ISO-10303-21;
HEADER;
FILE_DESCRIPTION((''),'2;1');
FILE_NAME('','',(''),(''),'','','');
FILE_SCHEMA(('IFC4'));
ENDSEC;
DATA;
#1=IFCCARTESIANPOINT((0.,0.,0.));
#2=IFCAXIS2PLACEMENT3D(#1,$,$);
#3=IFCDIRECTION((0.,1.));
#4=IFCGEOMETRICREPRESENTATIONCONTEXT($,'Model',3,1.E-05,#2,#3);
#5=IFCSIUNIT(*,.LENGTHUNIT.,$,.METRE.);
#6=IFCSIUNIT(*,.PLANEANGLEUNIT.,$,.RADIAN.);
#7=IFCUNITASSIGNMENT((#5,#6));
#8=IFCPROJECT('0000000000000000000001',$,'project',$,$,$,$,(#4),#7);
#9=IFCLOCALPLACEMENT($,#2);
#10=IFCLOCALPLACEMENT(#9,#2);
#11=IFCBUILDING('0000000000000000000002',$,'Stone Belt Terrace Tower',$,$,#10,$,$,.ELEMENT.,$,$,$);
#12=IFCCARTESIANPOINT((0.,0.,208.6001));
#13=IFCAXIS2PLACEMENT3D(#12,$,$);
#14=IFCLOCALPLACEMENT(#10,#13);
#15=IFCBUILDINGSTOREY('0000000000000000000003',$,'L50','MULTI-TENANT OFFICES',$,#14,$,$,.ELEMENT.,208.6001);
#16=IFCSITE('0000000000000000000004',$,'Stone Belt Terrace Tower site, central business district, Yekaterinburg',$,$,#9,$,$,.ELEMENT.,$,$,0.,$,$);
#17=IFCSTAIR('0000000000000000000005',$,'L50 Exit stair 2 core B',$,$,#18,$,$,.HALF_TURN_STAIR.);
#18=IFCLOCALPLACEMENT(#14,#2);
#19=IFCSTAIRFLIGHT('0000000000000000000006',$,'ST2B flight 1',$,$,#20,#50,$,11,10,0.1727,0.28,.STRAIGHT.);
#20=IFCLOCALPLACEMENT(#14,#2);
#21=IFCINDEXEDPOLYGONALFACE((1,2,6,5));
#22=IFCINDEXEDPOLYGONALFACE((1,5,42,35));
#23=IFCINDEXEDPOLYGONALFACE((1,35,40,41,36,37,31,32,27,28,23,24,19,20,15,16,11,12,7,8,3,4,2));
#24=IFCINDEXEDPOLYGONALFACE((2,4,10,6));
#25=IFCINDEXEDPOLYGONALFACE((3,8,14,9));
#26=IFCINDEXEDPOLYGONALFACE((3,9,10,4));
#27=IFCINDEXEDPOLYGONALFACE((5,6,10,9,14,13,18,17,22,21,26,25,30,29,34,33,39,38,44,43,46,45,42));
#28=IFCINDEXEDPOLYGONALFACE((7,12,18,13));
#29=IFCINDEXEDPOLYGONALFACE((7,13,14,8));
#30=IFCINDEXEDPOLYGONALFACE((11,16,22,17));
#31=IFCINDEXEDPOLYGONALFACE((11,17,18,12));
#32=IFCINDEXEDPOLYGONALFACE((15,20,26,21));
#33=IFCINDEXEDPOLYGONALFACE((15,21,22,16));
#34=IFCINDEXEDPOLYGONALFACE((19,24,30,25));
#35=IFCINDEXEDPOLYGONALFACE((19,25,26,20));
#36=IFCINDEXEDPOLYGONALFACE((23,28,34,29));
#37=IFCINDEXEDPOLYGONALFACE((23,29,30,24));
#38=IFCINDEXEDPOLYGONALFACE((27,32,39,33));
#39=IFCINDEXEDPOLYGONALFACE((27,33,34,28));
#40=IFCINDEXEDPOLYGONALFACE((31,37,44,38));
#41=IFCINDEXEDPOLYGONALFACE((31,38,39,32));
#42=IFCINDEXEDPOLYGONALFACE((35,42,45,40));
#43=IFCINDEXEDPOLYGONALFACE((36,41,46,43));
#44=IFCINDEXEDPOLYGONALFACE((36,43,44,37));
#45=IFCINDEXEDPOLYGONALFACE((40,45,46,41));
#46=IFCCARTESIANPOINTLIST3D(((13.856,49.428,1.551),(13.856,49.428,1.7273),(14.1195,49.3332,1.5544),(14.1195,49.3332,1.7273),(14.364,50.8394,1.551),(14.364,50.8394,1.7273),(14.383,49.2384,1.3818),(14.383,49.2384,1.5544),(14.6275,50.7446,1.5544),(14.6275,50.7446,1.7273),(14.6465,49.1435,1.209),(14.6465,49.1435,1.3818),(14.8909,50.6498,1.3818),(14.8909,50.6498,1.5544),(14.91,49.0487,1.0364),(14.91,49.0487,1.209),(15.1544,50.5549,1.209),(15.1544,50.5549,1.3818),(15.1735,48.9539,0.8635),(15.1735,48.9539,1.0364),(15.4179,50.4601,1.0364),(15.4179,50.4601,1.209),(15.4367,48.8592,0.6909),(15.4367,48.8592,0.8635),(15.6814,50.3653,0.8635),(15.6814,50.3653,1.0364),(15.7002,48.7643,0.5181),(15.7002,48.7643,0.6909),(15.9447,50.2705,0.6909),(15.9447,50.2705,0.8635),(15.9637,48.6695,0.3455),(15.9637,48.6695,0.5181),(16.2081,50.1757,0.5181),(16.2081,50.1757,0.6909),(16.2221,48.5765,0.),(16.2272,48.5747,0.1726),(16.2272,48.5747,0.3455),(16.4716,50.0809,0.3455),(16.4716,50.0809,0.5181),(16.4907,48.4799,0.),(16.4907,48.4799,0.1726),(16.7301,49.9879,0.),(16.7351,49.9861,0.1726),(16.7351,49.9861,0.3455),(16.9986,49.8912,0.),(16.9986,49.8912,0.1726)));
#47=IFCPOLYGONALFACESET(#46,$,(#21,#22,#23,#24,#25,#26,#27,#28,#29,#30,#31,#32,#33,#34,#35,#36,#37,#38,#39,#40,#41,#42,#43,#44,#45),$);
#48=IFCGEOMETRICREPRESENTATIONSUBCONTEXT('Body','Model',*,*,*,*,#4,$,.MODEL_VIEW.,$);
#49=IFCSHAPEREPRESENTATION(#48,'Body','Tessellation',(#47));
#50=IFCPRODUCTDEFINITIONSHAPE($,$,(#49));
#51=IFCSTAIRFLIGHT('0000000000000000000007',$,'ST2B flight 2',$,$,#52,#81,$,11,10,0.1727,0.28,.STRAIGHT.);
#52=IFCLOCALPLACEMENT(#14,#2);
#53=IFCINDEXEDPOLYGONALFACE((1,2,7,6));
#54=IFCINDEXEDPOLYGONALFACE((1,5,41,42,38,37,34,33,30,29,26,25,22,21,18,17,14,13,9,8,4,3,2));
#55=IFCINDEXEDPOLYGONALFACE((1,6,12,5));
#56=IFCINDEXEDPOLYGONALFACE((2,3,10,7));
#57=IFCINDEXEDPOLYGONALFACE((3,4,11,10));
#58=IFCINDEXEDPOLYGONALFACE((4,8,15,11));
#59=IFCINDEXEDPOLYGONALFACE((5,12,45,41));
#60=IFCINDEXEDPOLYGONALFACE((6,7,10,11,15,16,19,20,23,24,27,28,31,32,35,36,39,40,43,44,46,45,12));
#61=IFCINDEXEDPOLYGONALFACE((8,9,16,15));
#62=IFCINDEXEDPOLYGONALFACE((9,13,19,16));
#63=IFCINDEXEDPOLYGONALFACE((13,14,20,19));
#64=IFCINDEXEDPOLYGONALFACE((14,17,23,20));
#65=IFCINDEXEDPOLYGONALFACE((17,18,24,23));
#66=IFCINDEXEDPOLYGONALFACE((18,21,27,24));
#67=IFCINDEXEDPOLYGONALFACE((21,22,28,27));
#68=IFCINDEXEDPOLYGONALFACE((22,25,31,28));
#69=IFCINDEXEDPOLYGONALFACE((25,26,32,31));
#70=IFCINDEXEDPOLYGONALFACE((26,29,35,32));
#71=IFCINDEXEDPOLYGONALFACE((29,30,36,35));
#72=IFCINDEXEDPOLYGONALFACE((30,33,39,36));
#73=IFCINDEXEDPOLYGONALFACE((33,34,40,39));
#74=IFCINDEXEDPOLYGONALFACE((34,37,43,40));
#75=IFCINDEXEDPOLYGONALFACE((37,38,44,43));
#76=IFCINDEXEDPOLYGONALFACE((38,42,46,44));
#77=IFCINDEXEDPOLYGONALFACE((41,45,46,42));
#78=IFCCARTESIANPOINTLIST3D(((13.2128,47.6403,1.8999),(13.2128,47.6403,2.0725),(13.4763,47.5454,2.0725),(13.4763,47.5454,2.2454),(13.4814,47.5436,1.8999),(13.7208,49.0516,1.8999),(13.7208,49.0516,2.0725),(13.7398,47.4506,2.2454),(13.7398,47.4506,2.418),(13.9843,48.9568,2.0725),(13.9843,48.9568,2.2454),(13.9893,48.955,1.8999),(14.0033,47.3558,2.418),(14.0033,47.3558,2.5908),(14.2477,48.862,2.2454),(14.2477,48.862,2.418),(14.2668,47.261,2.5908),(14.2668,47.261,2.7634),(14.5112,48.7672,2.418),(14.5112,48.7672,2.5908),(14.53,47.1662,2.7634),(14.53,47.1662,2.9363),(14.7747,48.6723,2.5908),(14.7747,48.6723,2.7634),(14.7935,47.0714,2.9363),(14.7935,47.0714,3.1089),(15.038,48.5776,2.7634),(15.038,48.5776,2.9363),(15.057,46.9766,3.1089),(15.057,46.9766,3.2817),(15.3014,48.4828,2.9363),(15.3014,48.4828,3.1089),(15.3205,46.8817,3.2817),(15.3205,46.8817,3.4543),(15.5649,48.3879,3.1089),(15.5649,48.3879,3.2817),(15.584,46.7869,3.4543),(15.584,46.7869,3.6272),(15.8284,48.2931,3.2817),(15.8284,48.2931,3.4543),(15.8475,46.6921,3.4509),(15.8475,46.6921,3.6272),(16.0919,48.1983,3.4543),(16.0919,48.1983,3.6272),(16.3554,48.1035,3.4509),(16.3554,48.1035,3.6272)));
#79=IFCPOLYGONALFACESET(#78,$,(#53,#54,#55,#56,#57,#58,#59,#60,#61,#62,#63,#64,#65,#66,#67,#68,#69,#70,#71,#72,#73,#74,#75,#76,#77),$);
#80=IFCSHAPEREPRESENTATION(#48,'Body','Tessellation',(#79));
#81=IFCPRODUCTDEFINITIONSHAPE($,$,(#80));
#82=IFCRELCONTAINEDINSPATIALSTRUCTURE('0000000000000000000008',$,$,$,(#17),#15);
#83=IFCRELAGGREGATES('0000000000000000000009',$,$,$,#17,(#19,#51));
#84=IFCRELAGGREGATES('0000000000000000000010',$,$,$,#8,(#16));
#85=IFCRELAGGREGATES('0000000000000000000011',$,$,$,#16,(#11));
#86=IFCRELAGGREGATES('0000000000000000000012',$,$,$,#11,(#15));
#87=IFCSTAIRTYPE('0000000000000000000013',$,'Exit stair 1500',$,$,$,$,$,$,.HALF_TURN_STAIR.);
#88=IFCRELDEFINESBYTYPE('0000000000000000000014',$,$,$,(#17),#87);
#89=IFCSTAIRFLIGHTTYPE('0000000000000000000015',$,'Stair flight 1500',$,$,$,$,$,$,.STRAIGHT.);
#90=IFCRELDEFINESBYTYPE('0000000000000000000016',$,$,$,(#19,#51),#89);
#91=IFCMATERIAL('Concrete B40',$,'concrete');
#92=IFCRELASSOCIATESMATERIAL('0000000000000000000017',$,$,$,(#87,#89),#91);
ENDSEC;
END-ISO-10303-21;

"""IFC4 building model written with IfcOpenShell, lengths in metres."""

from ifc_helpers import new_model, si_unit, direction, frame, origin, place, context, subcontext, project, spatial, polyline, outline, extrude, material, type_object, element, aggregate, save


model = new_model("IFC4")

# Units and contexts
model_context = context("Model", 3, precision=1e-05, world=origin(), true_north=direction((0.0, 1.0)))
body_context = subcontext(model_context, "Body", "Model", "MODEL_VIEW")
ifc_project = project(units=[si_unit("LENGTHUNIT", "METRE"), si_unit("PLANEANGLEUNIT", "RADIAN")], contexts=[model_context])

# Site, building, storey
site_placement = place(None, origin())
site = spatial("IfcSite", under=ifc_project, at=site_placement, Name="Stone Belt Terrace Tower site, central business district, Yekaterinburg", CompositionType="ELEMENT", RefElevation=0.0)
building_placement = place(site_placement, origin())
building = spatial("IfcBuilding", under=site, at=building_placement, Name="Stone Belt Terrace Tower", CompositionType="ELEMENT")
storey_placement = place(building_placement, frame((0.0, 0.0, 208.6001)))
storey = spatial("IfcBuildingStorey", under=building, at=storey_placement, Name="L50", Description="MULTI-TENANT OFFICES", CompositionType="ELEMENT", Elevation=208.6001)

# Stair, stair flights
ifc_material_1 = material(Name="Concrete B40", Category="concrete")
stair_type = type_object("IfcStairType", Name="Exit stair 1500", PredefinedType="HALF_TURN_STAIR", material=ifc_material_1)
stair_placement = place(storey_placement, origin())
stair = element("IfcStair", 1, at=stair_placement, inside=storey, type_object=stair_type, Name="L50 Exit stair 2 core B", PredefinedType="HALF_TURN_STAIR")
stair_flight_type = type_object("IfcStairFlightType", Name="Stair flight 1500", PredefinedType="STRAIGHT", material=ifc_material_1)
stair_flight_1_placement = place(storey_placement, frame((16.7446, 49.1855, 0.0), z_axis=(0.0, 0.0, 1.0), x_axis=(-0.940922, 0.338624, 0.0)))
stair_flight_1 = element("IfcStairFlight", 2, at=stair_flight_1_placement, type_object=stair_flight_type, Name="ST2B flight 1", NumberOfRisers=11, NumberOfTreads=10, PredefinedType="STRAIGHT", RiserHeight=0.1727, TreadLength=0.28, context=body_context, shape_type="SweptSolid", body=[
    extrude(outline(polyline([(0.0, 0.0), (0.0, 0.1726), (0.28, 0.1726), (0.28, 0.3455), (0.5601, 0.3455), (0.5601, 0.5181), (0.8401, 0.5181), (0.8401, 0.6909), (1.1201, 0.6909), (1.1201, 0.8635), (1.3999, 0.8635), (1.3999, 1.0364), (1.6799, 1.0364), (1.6799, 1.209), (1.96, 1.209), (1.96, 1.3818), (2.24, 1.3818), (2.24, 1.5544), (2.52, 1.5544), (2.52, 1.7273), (2.8, 1.7273), (2.8, 1.8999), (2.8, 1.551), (0.2854, 0.0), (0.0, 0.0)])), frame((0.0, 0.75, 0.0), z_axis=(0.0, -1.0, 0.0), x_axis=(1.0, 0.0, 0.0)), (0.0, 0.0, 1.0), 1.5),
])
stair_flight_2_placement = place(storey_placement, frame((13.4668, 48.3459, 1.8999), z_axis=(0.0, 0.0, 1.0), x_axis=(0.940922, -0.338624, 0.0)))
stair_flight_2 = element("IfcStairFlight", 3, at=stair_flight_2_placement, type_object=stair_flight_type, Name="ST2B flight 2", NumberOfRisers=11, NumberOfTreads=10, PredefinedType="STRAIGHT", RiserHeight=0.1727, TreadLength=0.28, context=body_context, shape_type="SweptSolid", body=[
    extrude(outline(polyline([(0.0, 0.0), (0.0, 0.1726), (0.28, 0.1726), (0.28, 0.3455), (0.5601, 0.3455), (0.5601, 0.5181), (0.8401, 0.5181), (0.8401, 0.6909), (1.1201, 0.6909), (1.1201, 0.8635), (1.3999, 0.8635), (1.3999, 1.0364), (1.6799, 1.0364), (1.6799, 1.209), (1.96, 1.209), (1.96, 1.3818), (2.24, 1.3818), (2.24, 1.5544), (2.52, 1.5544), (2.52, 1.7273), (2.8, 1.7273), (2.8, 1.8999), (2.8, 1.551), (0.2854, 0.0), (0.0, 0.0)])), frame((0.0, 0.75, 0.0), z_axis=(0.0, -1.0, 0.0), x_axis=(1.0, 0.0, 0.0)), (0.0, 0.0, 1.0), 1.5),
])
aggregate(stair, [stair_flight_1, stair_flight_2])

save(model, "model.ifc")
